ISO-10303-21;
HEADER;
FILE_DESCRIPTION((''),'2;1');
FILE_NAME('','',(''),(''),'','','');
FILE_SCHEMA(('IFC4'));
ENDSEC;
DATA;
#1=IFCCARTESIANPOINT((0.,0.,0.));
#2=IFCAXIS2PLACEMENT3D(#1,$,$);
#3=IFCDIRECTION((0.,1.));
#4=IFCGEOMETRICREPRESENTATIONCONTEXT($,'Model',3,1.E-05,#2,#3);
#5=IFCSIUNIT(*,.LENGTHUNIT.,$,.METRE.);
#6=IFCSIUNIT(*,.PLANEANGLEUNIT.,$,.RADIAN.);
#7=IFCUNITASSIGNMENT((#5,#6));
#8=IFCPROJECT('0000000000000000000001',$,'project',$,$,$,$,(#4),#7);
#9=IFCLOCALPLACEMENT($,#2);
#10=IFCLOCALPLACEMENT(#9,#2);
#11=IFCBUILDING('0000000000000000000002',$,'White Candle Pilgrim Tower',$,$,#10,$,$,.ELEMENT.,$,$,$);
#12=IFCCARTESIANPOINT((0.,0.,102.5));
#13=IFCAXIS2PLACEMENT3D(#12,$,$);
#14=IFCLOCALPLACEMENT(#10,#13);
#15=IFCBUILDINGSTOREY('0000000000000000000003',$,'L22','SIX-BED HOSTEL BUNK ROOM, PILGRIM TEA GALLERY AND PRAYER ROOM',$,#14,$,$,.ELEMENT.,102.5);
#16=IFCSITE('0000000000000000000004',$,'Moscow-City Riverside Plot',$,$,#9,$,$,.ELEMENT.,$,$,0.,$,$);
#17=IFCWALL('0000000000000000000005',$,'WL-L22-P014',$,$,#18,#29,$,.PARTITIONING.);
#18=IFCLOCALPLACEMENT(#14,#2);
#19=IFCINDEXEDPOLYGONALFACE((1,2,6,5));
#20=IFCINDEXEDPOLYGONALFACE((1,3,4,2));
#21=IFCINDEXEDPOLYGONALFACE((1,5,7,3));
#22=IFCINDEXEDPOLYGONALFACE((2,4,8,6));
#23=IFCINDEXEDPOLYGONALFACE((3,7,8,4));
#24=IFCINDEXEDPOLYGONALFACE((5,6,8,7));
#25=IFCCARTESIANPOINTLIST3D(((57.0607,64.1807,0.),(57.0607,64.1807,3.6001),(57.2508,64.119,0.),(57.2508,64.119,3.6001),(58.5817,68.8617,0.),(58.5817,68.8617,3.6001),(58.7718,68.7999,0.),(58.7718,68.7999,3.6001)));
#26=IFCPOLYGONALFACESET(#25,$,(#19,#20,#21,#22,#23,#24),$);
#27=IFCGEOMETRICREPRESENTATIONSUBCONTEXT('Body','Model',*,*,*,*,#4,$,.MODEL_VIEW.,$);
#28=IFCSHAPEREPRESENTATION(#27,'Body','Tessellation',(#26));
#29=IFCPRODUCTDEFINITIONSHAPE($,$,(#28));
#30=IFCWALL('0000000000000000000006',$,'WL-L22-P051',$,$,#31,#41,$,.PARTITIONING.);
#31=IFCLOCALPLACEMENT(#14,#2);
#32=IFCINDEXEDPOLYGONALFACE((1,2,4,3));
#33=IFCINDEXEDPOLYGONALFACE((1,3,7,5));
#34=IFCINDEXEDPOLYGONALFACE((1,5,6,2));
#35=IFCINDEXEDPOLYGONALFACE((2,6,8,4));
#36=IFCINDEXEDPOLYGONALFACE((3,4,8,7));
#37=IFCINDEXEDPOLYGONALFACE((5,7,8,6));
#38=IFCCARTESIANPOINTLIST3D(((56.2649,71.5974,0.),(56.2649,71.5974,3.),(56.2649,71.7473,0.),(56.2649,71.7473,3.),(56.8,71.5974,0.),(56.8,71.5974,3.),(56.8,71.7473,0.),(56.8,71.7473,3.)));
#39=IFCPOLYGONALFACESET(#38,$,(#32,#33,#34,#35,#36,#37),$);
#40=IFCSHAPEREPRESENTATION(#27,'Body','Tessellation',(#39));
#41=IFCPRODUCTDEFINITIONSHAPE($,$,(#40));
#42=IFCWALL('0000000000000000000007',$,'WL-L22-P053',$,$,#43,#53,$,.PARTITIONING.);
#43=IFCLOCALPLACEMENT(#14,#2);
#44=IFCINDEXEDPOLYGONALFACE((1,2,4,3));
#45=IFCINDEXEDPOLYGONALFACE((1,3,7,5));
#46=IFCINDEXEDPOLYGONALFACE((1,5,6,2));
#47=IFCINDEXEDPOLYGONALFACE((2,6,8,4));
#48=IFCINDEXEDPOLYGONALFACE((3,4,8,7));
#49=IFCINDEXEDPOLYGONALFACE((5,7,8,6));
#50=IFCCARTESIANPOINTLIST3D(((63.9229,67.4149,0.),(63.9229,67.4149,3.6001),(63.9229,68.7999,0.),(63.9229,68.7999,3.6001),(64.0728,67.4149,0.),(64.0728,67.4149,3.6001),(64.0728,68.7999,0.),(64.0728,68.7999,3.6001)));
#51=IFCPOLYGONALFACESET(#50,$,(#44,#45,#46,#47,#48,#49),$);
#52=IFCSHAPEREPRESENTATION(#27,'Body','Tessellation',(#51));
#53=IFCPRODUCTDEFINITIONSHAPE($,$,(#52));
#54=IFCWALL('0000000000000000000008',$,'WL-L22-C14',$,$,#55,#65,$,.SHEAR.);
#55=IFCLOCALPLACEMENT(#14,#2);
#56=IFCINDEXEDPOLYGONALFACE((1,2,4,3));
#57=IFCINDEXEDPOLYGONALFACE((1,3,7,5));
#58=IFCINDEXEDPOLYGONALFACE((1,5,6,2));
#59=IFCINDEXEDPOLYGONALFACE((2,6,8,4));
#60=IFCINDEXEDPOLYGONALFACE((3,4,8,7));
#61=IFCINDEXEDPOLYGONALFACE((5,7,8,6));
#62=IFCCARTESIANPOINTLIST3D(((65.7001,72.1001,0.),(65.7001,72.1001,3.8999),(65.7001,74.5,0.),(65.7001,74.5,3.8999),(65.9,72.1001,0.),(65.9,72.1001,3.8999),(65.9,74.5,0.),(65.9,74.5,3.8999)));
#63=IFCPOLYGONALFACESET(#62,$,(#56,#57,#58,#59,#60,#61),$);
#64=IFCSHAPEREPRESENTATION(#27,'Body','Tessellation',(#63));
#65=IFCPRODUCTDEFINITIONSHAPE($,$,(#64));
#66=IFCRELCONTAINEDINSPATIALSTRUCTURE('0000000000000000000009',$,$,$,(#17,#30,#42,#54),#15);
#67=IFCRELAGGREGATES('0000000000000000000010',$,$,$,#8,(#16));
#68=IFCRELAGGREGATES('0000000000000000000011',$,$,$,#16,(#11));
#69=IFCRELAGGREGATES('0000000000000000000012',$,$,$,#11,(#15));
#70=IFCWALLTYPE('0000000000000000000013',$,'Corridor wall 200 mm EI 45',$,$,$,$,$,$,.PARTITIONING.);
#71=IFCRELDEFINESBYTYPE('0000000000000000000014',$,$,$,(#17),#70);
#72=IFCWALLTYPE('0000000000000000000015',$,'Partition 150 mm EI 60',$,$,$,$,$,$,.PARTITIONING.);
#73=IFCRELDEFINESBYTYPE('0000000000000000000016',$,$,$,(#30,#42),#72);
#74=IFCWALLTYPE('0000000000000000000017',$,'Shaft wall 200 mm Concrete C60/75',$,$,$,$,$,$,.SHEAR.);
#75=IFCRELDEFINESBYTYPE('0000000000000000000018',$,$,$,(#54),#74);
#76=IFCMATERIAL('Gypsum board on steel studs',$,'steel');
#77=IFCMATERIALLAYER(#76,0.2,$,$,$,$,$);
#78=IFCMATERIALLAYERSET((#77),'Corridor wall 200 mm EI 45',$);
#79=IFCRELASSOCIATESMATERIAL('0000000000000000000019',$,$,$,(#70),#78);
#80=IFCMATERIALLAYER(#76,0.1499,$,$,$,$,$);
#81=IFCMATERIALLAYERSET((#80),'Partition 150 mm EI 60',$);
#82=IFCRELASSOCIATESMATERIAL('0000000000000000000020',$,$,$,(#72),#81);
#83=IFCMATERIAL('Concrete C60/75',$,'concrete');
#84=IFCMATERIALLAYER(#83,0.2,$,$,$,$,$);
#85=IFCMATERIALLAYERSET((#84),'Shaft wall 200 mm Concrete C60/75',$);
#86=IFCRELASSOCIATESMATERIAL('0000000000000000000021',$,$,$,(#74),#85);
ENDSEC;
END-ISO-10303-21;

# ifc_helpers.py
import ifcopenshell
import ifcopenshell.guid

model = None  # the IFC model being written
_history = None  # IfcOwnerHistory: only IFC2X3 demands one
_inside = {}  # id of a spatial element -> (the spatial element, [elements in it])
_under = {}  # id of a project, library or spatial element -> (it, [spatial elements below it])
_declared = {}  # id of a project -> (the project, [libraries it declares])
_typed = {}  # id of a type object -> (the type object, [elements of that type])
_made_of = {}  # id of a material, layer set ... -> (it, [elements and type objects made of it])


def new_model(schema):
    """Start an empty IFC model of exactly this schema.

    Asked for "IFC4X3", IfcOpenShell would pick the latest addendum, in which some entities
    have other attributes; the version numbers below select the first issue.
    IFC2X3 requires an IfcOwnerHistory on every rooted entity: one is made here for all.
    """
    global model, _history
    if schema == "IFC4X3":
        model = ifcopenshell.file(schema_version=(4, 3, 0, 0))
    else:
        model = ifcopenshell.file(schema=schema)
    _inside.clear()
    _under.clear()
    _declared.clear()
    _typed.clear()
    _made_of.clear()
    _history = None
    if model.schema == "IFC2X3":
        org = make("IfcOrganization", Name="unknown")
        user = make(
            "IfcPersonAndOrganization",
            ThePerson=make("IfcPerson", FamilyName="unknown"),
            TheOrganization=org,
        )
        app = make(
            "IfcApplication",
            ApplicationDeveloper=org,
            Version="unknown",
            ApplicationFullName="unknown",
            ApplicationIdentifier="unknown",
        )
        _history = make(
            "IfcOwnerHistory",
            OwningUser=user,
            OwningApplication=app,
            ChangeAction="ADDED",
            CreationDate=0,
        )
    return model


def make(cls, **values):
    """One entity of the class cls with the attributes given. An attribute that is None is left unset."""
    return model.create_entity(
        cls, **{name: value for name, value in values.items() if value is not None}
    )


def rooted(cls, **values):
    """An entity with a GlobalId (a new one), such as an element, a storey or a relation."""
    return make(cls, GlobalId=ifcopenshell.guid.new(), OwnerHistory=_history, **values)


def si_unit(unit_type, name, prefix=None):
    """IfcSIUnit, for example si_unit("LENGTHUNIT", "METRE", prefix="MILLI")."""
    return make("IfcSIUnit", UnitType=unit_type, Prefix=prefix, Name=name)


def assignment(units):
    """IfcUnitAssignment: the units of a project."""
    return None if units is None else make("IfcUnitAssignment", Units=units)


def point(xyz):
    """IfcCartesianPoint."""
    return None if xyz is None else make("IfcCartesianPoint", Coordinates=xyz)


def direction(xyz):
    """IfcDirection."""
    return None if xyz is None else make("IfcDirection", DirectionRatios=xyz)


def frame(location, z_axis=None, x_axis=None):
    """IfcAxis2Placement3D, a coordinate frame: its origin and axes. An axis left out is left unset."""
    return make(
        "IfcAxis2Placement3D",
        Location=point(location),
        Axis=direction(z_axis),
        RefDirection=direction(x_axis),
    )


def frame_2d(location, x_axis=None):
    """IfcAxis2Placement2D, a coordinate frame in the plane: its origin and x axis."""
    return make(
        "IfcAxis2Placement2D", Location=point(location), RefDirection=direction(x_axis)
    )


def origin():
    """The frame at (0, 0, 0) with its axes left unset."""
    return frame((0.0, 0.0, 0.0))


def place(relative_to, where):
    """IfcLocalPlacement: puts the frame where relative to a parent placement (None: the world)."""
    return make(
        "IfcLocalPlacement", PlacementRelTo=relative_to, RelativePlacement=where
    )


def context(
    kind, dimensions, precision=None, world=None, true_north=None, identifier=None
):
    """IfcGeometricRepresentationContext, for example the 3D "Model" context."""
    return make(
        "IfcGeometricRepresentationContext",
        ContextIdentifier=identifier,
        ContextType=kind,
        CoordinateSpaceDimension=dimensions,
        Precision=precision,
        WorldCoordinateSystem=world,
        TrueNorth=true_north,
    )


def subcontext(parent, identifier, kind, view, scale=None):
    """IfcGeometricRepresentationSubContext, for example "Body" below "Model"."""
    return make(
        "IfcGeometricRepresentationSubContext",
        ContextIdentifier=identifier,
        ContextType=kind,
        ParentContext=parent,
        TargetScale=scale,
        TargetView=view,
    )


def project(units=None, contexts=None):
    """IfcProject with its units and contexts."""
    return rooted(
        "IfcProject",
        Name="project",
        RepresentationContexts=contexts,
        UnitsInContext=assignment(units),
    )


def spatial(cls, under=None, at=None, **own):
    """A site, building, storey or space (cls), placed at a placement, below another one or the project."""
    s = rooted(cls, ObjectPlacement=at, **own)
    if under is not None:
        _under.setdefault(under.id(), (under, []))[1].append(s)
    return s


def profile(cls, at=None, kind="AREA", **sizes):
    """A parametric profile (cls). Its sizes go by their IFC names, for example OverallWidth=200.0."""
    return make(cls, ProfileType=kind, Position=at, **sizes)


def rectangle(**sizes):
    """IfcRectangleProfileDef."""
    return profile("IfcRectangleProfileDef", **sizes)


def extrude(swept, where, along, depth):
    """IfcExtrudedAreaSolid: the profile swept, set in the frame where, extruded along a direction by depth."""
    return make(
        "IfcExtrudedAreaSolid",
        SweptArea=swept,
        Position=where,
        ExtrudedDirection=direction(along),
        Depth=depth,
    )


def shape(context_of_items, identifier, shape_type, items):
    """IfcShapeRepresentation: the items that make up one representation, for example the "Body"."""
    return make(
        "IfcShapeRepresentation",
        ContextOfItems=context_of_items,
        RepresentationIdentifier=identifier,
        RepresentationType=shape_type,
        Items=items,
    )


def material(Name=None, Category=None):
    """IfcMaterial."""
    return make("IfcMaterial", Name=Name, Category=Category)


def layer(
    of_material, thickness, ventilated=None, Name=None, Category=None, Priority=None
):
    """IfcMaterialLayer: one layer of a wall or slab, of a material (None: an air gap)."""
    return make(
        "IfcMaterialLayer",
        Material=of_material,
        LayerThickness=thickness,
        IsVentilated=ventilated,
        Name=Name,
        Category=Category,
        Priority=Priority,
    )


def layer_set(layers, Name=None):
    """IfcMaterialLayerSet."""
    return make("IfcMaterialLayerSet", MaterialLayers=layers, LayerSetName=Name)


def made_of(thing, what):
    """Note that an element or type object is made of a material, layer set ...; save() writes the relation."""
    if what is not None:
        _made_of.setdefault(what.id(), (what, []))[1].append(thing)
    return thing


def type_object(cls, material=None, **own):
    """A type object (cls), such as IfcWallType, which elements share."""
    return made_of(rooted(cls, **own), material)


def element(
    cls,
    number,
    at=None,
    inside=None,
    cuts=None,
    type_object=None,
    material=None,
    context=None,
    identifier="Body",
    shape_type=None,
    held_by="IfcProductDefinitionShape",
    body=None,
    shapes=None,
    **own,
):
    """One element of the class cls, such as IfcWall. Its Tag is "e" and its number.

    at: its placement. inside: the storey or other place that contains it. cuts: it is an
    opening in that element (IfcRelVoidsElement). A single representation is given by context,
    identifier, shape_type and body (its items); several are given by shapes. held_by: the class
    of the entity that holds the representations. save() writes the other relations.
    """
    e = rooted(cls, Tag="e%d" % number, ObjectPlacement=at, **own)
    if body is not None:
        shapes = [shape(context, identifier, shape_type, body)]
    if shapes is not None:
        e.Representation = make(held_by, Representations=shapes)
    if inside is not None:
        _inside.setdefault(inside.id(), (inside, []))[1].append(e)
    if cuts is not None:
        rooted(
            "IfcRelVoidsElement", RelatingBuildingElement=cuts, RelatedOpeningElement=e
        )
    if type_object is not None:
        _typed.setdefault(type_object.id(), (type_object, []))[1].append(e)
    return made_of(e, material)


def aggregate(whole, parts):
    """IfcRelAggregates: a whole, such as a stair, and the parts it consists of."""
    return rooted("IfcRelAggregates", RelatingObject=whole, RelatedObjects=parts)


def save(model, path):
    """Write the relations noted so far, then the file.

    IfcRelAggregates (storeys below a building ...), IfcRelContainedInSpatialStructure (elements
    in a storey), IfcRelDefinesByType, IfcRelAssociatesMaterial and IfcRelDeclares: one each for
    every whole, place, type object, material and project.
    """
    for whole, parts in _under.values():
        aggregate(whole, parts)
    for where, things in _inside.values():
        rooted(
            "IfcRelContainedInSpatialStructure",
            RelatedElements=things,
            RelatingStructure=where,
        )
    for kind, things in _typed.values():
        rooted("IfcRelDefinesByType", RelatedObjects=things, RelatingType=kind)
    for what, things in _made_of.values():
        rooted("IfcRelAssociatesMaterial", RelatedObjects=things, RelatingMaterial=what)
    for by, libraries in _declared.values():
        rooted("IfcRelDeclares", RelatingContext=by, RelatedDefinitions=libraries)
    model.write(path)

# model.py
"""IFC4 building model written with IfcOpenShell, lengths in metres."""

from ifc_helpers import new_model, si_unit, direction, frame, frame_2d, origin, place, context, subcontext, project, spatial, rectangle, extrude, material, layer, layer_set, type_object, element, save


model = new_model("IFC4")

# Units and contexts
model_context = context("Model", 3, precision=1e-05, world=origin(), true_north=direction((0.0, 1.0)))
body_context = subcontext(model_context, "Body", "Model", "MODEL_VIEW")
ifc_project = project(units=[si_unit("LENGTHUNIT", "METRE"), si_unit("PLANEANGLEUNIT", "RADIAN")], contexts=[model_context])

# Site, building, storey
site_placement = place(None, origin())
site = spatial("IfcSite", under=ifc_project, at=site_placement, Name="Moscow-City Riverside Plot", CompositionType="ELEMENT", RefElevation=0.0)
building_placement = place(site_placement, origin())
building = spatial("IfcBuilding", under=site, at=building_placement, Name="White Candle Pilgrim Tower", CompositionType="ELEMENT")
storey_placement = place(building_placement, frame((0.0, 0.0, 102.5)))
storey = spatial("IfcBuildingStorey", under=building, at=storey_placement, Name="L22", Description="SIX-BED HOSTEL BUNK ROOM, PILGRIM TEA GALLERY AND PRAYER ROOM", CompositionType="ELEMENT", Elevation=102.5)

# Shared definitions
ifc_material_1 = material(Name="Gypsum board on steel studs", Category="steel")
ifc_layer_1 = layer(ifc_material_1, 0.2)
ifc_layer_set_1 = layer_set([ifc_layer_1], Name="Corridor wall 200 mm EI 45")
wall_type_1 = type_object("IfcWallType", Name="Corridor wall 200 mm EI 45", PredefinedType="PARTITIONING", material=ifc_layer_set_1)

# Walls
wall_1_placement = place(storey_placement, frame((58.6768, 68.8308, 0.0), z_axis=(0.0, 0.0, 1.0), x_axis=(-0.309031, -0.951052, 0.0)))
element("IfcWall", 1, at=wall_1_placement, inside=storey, type_object=wall_type_1, Name="WL-L22-P014", PredefinedType="PARTITIONING", context=body_context, shape_type="SweptSolid", body=[
    extrude(rectangle(XDim=4.9219, YDim=0.2, at=frame_2d((2.4609, 0.0))), origin(), (0.0, 0.0, 1.0), 3.6001),
])
ifc_layer_2 = layer(ifc_material_1, 0.1499)
ifc_layer_set_2 = layer_set([ifc_layer_2], Name="Partition 150 mm EI 60")
wall_type_2 = type_object("IfcWallType", Name="Partition 150 mm EI 60", PredefinedType="PARTITIONING", material=ifc_layer_set_2)
wall_2_placement = place(storey_placement, frame((56.2649, 71.6724, 0.0), z_axis=(0.0, 0.0, 1.0), x_axis=(1.0, 0.0, 0.0)))
element("IfcWall", 2, at=wall_2_placement, inside=storey, type_object=wall_type_2, Name="WL-L22-P051", PredefinedType="PARTITIONING", context=body_context, shape_type="SweptSolid", body=[
    extrude(rectangle(XDim=0.5352, YDim=0.1499, at=frame_2d((0.2676, 0.0))), origin(), (0.0, 0.0, 1.0), 3.0),
])
wall_3_placement = place(storey_placement, frame((63.9978, 67.415, 0.0), z_axis=(0.0, 0.0, 1.0), x_axis=(0.0, 1.0, 0.0)))
element("IfcWall", 3, at=wall_3_placement, inside=storey, type_object=wall_type_2, Name="WL-L22-P053", PredefinedType="PARTITIONING", context=body_context, shape_type="SweptSolid", body=[
    extrude(rectangle(XDim=1.385, YDim=0.1499, at=frame_2d((0.6924, 0.0))), origin(), (0.0, 0.0, 1.0), 3.6001),
])
ifc_material_2 = material(Name="Concrete C60/75", Category="concrete")
ifc_layer_3 = layer(ifc_material_2, 0.2)
ifc_layer_set_3 = layer_set([ifc_layer_3], Name="Shaft wall 200 mm Concrete C60/75")
wall_type_3 = type_object("IfcWallType", Name="Shaft wall 200 mm Concrete C60/75", PredefinedType="SHEAR", material=ifc_layer_set_3)
wall_4_placement = place(storey_placement, frame((65.8, 72.1001, 0.0), z_axis=(0.0, 0.0, 1.0), x_axis=(0.0, 1.0, 0.0)))
element("IfcWall", 4, at=wall_4_placement, inside=storey, type_object=wall_type_3, Name="WL-L22-C14", PredefinedType="SHEAR", context=body_context, shape_type="SweptSolid", body=[
    extrude(rectangle(XDim=2.3999, YDim=0.2, at=frame_2d((1.2, 0.0))), origin(), (0.0, 0.0, 1.0), 3.8999),
])

save(model, "model.ifc")
